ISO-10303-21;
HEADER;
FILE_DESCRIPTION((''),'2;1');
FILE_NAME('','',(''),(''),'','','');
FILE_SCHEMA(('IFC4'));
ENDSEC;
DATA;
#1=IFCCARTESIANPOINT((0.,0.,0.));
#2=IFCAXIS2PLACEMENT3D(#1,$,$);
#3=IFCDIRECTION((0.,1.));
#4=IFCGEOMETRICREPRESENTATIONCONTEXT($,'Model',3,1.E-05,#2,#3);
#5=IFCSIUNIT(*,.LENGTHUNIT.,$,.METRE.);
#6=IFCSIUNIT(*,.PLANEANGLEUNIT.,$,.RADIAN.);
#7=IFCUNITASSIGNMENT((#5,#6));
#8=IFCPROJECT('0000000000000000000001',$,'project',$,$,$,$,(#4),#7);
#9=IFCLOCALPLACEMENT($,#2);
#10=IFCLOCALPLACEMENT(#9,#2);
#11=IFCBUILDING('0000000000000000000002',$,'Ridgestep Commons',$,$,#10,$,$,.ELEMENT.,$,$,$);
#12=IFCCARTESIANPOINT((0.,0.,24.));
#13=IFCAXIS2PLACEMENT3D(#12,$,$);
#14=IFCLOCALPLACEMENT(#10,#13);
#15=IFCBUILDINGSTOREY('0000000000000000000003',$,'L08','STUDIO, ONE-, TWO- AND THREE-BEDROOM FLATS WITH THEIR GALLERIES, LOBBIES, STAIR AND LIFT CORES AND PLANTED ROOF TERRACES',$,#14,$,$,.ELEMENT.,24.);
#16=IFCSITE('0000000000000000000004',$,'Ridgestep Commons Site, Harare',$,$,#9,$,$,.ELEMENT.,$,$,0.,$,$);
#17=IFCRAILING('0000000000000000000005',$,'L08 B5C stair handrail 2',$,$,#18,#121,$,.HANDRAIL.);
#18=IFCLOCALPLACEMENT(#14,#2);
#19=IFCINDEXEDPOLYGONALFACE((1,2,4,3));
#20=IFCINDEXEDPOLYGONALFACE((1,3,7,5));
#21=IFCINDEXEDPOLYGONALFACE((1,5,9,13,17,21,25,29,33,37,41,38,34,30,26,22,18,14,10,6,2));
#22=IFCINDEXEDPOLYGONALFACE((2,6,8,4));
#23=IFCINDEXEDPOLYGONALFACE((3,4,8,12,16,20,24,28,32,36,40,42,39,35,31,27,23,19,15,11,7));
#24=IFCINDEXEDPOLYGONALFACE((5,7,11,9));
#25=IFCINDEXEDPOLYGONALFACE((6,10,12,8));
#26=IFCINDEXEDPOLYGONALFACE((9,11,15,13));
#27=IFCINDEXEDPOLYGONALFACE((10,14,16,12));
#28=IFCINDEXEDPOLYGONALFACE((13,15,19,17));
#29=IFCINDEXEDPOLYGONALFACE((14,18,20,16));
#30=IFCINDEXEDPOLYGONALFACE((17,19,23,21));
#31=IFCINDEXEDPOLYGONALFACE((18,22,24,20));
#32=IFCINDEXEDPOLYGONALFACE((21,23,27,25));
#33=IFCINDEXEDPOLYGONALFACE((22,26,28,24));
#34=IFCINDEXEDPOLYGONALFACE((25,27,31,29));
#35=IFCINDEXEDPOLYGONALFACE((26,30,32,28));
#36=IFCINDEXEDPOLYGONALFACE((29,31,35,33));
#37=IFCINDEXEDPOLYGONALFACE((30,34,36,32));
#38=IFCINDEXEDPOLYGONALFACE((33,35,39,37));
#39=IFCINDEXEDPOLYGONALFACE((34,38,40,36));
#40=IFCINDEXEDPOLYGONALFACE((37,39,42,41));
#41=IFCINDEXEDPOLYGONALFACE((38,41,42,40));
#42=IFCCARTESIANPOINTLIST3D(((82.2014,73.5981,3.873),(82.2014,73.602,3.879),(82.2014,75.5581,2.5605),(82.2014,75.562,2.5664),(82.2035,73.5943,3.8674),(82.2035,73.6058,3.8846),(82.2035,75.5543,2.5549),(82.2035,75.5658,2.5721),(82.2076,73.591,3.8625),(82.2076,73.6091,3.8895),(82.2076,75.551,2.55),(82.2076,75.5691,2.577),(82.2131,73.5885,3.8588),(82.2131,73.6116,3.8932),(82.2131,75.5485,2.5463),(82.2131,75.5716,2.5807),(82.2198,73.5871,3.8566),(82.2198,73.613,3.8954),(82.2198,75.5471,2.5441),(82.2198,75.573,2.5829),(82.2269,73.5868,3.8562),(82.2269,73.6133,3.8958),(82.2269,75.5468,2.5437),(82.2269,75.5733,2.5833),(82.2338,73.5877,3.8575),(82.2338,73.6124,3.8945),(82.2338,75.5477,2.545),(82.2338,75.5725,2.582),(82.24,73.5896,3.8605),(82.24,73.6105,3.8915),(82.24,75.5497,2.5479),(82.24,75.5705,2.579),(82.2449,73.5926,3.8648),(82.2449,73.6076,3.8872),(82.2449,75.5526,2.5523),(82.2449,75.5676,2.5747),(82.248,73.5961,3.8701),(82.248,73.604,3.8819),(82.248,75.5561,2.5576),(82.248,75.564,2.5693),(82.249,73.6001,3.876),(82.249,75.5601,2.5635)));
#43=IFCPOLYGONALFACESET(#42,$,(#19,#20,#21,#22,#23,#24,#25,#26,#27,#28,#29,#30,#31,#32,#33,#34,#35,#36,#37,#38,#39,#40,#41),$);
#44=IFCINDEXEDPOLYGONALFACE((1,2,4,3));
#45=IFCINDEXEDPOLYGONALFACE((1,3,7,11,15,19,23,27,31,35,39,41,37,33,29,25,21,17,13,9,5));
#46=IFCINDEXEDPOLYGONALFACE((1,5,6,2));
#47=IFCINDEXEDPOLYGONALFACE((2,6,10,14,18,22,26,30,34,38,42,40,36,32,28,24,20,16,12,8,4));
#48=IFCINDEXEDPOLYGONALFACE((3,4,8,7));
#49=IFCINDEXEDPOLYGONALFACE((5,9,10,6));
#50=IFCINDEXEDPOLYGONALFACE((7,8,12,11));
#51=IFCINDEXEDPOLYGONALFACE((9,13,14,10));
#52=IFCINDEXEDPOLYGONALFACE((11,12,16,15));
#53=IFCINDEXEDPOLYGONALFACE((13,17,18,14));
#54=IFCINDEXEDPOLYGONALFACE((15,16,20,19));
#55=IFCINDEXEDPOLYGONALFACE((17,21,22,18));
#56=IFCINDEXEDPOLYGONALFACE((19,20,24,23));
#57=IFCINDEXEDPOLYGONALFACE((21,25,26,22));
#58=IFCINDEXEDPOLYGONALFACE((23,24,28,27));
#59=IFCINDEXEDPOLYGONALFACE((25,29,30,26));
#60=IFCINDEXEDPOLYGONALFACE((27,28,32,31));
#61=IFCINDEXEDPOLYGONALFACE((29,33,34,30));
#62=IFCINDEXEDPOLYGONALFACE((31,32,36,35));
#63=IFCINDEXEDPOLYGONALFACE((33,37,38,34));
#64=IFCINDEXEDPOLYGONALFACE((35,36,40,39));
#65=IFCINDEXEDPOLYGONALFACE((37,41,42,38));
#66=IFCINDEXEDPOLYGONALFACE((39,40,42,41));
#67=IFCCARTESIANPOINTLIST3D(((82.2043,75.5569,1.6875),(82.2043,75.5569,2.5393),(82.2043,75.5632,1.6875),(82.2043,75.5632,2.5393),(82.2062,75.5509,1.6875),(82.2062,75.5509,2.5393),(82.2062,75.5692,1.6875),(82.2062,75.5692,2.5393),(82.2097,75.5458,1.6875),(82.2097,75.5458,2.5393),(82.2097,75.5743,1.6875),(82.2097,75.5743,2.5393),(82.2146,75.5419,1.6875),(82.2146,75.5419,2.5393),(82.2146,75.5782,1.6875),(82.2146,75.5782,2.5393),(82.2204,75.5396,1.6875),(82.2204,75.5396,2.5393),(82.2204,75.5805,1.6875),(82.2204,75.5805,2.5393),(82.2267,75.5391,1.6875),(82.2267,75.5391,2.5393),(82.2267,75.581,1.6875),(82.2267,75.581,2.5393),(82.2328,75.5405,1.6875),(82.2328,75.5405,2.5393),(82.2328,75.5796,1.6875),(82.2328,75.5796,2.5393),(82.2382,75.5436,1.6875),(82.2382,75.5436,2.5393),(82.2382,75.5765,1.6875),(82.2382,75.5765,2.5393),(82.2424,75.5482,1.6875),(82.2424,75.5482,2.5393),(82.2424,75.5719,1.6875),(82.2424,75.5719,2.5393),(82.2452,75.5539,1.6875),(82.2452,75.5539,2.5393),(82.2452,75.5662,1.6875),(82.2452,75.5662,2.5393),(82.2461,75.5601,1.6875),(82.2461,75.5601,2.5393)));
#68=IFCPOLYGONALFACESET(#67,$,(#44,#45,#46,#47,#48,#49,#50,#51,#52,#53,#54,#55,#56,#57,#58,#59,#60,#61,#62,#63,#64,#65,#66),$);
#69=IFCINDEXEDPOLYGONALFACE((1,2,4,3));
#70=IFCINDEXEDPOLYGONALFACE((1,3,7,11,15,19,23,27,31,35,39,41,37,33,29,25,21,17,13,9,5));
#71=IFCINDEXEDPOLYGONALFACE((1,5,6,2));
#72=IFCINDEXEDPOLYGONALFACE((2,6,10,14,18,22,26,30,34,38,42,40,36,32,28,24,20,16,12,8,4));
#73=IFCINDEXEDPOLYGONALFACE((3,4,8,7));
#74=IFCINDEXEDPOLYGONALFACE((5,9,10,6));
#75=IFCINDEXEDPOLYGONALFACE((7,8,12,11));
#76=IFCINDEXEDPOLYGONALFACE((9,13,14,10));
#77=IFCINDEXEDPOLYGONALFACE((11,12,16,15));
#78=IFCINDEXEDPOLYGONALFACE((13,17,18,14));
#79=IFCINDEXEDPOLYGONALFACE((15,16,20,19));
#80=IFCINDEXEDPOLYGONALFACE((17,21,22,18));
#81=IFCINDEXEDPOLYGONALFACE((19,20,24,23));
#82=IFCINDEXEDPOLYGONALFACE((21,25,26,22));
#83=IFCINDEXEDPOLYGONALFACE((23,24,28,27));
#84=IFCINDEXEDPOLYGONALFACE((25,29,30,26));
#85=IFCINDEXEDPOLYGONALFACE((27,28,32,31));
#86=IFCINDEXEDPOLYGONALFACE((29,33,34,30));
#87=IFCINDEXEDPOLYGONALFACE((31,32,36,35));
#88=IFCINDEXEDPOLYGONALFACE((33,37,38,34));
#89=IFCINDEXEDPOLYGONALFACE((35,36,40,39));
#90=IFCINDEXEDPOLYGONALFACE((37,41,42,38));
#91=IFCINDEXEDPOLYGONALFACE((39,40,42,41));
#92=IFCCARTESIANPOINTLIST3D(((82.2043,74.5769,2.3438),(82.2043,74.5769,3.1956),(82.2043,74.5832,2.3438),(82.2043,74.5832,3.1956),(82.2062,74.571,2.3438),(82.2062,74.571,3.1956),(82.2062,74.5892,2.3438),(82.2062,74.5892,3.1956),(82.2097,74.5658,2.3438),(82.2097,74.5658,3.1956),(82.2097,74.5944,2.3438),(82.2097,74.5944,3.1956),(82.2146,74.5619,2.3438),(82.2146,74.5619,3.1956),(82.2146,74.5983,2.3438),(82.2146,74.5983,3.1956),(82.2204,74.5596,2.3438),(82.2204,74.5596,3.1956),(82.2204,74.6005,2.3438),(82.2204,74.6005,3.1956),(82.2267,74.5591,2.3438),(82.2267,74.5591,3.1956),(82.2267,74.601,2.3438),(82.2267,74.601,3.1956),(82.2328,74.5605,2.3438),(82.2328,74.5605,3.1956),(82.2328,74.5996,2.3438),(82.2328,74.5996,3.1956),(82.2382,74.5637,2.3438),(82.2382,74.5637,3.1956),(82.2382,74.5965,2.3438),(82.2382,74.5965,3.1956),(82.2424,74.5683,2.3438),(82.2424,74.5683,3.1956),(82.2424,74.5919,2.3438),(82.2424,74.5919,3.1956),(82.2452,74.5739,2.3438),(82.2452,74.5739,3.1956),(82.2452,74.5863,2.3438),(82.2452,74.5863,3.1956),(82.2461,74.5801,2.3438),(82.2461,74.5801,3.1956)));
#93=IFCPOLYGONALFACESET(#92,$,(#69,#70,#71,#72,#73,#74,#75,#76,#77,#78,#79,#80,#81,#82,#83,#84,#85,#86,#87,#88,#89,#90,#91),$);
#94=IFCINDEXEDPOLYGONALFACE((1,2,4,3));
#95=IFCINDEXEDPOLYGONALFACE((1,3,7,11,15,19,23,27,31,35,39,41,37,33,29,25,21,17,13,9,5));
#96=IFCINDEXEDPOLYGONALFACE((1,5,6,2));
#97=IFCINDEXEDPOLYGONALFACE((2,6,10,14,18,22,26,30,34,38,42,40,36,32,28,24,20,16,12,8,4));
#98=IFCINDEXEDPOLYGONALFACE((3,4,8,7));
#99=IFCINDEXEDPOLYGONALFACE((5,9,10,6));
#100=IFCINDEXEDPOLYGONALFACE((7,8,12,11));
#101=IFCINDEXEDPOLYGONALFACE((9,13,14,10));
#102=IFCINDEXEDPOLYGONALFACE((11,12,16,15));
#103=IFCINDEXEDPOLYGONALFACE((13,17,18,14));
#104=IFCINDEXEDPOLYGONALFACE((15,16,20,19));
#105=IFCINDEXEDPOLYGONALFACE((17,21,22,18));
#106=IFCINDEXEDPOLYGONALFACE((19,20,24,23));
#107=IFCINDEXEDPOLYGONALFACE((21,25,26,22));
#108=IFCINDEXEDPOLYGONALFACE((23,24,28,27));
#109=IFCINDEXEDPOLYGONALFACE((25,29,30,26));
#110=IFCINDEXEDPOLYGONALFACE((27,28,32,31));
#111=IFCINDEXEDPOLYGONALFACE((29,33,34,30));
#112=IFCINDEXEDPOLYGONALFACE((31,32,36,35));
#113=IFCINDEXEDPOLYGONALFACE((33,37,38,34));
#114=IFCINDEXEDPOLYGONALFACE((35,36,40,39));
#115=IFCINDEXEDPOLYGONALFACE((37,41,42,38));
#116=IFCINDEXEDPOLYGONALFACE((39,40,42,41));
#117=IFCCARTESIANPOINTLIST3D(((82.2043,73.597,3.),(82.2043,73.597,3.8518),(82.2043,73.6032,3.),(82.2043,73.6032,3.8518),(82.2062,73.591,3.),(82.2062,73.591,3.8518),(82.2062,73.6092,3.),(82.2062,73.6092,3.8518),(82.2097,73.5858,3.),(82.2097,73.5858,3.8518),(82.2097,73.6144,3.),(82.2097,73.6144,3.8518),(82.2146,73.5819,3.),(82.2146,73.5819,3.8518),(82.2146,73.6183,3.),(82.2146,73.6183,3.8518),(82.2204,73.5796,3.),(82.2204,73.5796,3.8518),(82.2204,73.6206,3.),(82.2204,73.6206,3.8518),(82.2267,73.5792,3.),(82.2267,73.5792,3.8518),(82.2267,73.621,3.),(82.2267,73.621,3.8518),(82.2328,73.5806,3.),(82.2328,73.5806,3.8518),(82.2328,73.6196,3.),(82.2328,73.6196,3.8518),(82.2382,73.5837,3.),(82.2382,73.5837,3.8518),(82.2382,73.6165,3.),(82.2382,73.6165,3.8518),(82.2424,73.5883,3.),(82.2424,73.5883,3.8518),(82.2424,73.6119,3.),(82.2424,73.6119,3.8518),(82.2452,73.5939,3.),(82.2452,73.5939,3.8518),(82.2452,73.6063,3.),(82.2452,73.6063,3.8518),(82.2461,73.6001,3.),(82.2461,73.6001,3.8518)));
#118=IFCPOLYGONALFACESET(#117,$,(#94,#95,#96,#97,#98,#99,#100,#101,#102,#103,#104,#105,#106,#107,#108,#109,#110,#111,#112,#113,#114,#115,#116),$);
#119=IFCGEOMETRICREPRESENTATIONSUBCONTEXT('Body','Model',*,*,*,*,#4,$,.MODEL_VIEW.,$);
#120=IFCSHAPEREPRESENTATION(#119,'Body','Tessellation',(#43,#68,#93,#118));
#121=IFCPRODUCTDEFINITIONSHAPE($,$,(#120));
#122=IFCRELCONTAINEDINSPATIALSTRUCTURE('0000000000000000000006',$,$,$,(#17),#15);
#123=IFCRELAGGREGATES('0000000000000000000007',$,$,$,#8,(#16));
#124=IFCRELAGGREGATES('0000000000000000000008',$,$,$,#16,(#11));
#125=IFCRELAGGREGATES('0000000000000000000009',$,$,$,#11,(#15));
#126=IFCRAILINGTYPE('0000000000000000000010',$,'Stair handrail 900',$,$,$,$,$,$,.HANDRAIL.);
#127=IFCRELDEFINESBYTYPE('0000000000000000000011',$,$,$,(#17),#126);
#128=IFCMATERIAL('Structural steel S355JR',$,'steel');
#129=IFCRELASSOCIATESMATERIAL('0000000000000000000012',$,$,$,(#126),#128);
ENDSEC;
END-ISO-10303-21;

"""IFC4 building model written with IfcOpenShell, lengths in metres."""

from ifc_helpers import new_model, si_unit, direction, frame, origin, origin_2d, place, context, subcontext, project, spatial, circle, extrude, material, type_object, element, save


model = new_model("IFC4")

# Units and contexts
model_context = context("Model", 3, precision=1e-05, world=origin(), true_north=direction((0.0, 1.0)))
body_context = subcontext(model_context, "Body", "Model", "MODEL_VIEW")
ifc_project = project(units=[si_unit("LENGTHUNIT", "METRE"), si_unit("PLANEANGLEUNIT", "RADIAN")], contexts=[model_context])

# Site, building, storey
site_placement = place(None, origin())
site = spatial("IfcSite", under=ifc_project, at=site_placement, Name="Ridgestep Commons Site, Harare", CompositionType="ELEMENT", RefElevation=0.0)
building_placement = place(site_placement, origin())
building = spatial("IfcBuilding", under=site, at=building_placement, Name="Ridgestep Commons", CompositionType="ELEMENT")
storey_placement = place(building_placement, frame((0.0, 0.0, 24.0)))
storey = spatial("IfcBuildingStorey", under=building, at=storey_placement, Name="L08", Description="STUDIO, ONE-, TWO- AND THREE-BEDROOM FLATS WITH THEIR GALLERIES, LOBBIES, STAIR AND LIFT CORES AND PLANTED ROOF TERRACES", CompositionType="ELEMENT", Elevation=24.0)

# Railing
ifc_material_1 = material(Name="Structural steel S355JR", Category="steel")
railing_type_1 = type_object("IfcRailingType", Name="Stair handrail 900", PredefinedType="HANDRAIL", material=ifc_material_1)
railing_1_placement = place(storey_placement, frame((82.2251, 75.5601, 1.6875)))
element("IfcRailing", 1, at=railing_1_placement, inside=storey, type_object=railing_type_1, Name="L08 B5C stair handrail 2", PredefinedType="HANDRAIL", context=body_context, shape_type="SweptSolid", body=[
    extrude(circle(Radius=0.0239, at=origin_2d()), frame((0.0, 0.0, 0.876), z_axis=(0.0, -0.830902, 0.556419), x_axis=(1.0, 0.0, 0.0)), (0.0, 0.0, 1.0), 2.3589),
    extrude(circle(Radius=0.021, at=origin_2d()), origin(), (0.0, 0.0, 1.0), 0.8518),
    extrude(circle(Radius=0.021, at=origin_2d()), frame((0.0, -0.98, 0.6562)), (0.0, 0.0, 1.0), 0.8518),
    extrude(circle(Radius=0.021, at=origin_2d()), frame((0.0, -1.96, 1.3125)), (0.0, 0.0, 1.0), 0.8518),
])

save(model, "model.ifc")
